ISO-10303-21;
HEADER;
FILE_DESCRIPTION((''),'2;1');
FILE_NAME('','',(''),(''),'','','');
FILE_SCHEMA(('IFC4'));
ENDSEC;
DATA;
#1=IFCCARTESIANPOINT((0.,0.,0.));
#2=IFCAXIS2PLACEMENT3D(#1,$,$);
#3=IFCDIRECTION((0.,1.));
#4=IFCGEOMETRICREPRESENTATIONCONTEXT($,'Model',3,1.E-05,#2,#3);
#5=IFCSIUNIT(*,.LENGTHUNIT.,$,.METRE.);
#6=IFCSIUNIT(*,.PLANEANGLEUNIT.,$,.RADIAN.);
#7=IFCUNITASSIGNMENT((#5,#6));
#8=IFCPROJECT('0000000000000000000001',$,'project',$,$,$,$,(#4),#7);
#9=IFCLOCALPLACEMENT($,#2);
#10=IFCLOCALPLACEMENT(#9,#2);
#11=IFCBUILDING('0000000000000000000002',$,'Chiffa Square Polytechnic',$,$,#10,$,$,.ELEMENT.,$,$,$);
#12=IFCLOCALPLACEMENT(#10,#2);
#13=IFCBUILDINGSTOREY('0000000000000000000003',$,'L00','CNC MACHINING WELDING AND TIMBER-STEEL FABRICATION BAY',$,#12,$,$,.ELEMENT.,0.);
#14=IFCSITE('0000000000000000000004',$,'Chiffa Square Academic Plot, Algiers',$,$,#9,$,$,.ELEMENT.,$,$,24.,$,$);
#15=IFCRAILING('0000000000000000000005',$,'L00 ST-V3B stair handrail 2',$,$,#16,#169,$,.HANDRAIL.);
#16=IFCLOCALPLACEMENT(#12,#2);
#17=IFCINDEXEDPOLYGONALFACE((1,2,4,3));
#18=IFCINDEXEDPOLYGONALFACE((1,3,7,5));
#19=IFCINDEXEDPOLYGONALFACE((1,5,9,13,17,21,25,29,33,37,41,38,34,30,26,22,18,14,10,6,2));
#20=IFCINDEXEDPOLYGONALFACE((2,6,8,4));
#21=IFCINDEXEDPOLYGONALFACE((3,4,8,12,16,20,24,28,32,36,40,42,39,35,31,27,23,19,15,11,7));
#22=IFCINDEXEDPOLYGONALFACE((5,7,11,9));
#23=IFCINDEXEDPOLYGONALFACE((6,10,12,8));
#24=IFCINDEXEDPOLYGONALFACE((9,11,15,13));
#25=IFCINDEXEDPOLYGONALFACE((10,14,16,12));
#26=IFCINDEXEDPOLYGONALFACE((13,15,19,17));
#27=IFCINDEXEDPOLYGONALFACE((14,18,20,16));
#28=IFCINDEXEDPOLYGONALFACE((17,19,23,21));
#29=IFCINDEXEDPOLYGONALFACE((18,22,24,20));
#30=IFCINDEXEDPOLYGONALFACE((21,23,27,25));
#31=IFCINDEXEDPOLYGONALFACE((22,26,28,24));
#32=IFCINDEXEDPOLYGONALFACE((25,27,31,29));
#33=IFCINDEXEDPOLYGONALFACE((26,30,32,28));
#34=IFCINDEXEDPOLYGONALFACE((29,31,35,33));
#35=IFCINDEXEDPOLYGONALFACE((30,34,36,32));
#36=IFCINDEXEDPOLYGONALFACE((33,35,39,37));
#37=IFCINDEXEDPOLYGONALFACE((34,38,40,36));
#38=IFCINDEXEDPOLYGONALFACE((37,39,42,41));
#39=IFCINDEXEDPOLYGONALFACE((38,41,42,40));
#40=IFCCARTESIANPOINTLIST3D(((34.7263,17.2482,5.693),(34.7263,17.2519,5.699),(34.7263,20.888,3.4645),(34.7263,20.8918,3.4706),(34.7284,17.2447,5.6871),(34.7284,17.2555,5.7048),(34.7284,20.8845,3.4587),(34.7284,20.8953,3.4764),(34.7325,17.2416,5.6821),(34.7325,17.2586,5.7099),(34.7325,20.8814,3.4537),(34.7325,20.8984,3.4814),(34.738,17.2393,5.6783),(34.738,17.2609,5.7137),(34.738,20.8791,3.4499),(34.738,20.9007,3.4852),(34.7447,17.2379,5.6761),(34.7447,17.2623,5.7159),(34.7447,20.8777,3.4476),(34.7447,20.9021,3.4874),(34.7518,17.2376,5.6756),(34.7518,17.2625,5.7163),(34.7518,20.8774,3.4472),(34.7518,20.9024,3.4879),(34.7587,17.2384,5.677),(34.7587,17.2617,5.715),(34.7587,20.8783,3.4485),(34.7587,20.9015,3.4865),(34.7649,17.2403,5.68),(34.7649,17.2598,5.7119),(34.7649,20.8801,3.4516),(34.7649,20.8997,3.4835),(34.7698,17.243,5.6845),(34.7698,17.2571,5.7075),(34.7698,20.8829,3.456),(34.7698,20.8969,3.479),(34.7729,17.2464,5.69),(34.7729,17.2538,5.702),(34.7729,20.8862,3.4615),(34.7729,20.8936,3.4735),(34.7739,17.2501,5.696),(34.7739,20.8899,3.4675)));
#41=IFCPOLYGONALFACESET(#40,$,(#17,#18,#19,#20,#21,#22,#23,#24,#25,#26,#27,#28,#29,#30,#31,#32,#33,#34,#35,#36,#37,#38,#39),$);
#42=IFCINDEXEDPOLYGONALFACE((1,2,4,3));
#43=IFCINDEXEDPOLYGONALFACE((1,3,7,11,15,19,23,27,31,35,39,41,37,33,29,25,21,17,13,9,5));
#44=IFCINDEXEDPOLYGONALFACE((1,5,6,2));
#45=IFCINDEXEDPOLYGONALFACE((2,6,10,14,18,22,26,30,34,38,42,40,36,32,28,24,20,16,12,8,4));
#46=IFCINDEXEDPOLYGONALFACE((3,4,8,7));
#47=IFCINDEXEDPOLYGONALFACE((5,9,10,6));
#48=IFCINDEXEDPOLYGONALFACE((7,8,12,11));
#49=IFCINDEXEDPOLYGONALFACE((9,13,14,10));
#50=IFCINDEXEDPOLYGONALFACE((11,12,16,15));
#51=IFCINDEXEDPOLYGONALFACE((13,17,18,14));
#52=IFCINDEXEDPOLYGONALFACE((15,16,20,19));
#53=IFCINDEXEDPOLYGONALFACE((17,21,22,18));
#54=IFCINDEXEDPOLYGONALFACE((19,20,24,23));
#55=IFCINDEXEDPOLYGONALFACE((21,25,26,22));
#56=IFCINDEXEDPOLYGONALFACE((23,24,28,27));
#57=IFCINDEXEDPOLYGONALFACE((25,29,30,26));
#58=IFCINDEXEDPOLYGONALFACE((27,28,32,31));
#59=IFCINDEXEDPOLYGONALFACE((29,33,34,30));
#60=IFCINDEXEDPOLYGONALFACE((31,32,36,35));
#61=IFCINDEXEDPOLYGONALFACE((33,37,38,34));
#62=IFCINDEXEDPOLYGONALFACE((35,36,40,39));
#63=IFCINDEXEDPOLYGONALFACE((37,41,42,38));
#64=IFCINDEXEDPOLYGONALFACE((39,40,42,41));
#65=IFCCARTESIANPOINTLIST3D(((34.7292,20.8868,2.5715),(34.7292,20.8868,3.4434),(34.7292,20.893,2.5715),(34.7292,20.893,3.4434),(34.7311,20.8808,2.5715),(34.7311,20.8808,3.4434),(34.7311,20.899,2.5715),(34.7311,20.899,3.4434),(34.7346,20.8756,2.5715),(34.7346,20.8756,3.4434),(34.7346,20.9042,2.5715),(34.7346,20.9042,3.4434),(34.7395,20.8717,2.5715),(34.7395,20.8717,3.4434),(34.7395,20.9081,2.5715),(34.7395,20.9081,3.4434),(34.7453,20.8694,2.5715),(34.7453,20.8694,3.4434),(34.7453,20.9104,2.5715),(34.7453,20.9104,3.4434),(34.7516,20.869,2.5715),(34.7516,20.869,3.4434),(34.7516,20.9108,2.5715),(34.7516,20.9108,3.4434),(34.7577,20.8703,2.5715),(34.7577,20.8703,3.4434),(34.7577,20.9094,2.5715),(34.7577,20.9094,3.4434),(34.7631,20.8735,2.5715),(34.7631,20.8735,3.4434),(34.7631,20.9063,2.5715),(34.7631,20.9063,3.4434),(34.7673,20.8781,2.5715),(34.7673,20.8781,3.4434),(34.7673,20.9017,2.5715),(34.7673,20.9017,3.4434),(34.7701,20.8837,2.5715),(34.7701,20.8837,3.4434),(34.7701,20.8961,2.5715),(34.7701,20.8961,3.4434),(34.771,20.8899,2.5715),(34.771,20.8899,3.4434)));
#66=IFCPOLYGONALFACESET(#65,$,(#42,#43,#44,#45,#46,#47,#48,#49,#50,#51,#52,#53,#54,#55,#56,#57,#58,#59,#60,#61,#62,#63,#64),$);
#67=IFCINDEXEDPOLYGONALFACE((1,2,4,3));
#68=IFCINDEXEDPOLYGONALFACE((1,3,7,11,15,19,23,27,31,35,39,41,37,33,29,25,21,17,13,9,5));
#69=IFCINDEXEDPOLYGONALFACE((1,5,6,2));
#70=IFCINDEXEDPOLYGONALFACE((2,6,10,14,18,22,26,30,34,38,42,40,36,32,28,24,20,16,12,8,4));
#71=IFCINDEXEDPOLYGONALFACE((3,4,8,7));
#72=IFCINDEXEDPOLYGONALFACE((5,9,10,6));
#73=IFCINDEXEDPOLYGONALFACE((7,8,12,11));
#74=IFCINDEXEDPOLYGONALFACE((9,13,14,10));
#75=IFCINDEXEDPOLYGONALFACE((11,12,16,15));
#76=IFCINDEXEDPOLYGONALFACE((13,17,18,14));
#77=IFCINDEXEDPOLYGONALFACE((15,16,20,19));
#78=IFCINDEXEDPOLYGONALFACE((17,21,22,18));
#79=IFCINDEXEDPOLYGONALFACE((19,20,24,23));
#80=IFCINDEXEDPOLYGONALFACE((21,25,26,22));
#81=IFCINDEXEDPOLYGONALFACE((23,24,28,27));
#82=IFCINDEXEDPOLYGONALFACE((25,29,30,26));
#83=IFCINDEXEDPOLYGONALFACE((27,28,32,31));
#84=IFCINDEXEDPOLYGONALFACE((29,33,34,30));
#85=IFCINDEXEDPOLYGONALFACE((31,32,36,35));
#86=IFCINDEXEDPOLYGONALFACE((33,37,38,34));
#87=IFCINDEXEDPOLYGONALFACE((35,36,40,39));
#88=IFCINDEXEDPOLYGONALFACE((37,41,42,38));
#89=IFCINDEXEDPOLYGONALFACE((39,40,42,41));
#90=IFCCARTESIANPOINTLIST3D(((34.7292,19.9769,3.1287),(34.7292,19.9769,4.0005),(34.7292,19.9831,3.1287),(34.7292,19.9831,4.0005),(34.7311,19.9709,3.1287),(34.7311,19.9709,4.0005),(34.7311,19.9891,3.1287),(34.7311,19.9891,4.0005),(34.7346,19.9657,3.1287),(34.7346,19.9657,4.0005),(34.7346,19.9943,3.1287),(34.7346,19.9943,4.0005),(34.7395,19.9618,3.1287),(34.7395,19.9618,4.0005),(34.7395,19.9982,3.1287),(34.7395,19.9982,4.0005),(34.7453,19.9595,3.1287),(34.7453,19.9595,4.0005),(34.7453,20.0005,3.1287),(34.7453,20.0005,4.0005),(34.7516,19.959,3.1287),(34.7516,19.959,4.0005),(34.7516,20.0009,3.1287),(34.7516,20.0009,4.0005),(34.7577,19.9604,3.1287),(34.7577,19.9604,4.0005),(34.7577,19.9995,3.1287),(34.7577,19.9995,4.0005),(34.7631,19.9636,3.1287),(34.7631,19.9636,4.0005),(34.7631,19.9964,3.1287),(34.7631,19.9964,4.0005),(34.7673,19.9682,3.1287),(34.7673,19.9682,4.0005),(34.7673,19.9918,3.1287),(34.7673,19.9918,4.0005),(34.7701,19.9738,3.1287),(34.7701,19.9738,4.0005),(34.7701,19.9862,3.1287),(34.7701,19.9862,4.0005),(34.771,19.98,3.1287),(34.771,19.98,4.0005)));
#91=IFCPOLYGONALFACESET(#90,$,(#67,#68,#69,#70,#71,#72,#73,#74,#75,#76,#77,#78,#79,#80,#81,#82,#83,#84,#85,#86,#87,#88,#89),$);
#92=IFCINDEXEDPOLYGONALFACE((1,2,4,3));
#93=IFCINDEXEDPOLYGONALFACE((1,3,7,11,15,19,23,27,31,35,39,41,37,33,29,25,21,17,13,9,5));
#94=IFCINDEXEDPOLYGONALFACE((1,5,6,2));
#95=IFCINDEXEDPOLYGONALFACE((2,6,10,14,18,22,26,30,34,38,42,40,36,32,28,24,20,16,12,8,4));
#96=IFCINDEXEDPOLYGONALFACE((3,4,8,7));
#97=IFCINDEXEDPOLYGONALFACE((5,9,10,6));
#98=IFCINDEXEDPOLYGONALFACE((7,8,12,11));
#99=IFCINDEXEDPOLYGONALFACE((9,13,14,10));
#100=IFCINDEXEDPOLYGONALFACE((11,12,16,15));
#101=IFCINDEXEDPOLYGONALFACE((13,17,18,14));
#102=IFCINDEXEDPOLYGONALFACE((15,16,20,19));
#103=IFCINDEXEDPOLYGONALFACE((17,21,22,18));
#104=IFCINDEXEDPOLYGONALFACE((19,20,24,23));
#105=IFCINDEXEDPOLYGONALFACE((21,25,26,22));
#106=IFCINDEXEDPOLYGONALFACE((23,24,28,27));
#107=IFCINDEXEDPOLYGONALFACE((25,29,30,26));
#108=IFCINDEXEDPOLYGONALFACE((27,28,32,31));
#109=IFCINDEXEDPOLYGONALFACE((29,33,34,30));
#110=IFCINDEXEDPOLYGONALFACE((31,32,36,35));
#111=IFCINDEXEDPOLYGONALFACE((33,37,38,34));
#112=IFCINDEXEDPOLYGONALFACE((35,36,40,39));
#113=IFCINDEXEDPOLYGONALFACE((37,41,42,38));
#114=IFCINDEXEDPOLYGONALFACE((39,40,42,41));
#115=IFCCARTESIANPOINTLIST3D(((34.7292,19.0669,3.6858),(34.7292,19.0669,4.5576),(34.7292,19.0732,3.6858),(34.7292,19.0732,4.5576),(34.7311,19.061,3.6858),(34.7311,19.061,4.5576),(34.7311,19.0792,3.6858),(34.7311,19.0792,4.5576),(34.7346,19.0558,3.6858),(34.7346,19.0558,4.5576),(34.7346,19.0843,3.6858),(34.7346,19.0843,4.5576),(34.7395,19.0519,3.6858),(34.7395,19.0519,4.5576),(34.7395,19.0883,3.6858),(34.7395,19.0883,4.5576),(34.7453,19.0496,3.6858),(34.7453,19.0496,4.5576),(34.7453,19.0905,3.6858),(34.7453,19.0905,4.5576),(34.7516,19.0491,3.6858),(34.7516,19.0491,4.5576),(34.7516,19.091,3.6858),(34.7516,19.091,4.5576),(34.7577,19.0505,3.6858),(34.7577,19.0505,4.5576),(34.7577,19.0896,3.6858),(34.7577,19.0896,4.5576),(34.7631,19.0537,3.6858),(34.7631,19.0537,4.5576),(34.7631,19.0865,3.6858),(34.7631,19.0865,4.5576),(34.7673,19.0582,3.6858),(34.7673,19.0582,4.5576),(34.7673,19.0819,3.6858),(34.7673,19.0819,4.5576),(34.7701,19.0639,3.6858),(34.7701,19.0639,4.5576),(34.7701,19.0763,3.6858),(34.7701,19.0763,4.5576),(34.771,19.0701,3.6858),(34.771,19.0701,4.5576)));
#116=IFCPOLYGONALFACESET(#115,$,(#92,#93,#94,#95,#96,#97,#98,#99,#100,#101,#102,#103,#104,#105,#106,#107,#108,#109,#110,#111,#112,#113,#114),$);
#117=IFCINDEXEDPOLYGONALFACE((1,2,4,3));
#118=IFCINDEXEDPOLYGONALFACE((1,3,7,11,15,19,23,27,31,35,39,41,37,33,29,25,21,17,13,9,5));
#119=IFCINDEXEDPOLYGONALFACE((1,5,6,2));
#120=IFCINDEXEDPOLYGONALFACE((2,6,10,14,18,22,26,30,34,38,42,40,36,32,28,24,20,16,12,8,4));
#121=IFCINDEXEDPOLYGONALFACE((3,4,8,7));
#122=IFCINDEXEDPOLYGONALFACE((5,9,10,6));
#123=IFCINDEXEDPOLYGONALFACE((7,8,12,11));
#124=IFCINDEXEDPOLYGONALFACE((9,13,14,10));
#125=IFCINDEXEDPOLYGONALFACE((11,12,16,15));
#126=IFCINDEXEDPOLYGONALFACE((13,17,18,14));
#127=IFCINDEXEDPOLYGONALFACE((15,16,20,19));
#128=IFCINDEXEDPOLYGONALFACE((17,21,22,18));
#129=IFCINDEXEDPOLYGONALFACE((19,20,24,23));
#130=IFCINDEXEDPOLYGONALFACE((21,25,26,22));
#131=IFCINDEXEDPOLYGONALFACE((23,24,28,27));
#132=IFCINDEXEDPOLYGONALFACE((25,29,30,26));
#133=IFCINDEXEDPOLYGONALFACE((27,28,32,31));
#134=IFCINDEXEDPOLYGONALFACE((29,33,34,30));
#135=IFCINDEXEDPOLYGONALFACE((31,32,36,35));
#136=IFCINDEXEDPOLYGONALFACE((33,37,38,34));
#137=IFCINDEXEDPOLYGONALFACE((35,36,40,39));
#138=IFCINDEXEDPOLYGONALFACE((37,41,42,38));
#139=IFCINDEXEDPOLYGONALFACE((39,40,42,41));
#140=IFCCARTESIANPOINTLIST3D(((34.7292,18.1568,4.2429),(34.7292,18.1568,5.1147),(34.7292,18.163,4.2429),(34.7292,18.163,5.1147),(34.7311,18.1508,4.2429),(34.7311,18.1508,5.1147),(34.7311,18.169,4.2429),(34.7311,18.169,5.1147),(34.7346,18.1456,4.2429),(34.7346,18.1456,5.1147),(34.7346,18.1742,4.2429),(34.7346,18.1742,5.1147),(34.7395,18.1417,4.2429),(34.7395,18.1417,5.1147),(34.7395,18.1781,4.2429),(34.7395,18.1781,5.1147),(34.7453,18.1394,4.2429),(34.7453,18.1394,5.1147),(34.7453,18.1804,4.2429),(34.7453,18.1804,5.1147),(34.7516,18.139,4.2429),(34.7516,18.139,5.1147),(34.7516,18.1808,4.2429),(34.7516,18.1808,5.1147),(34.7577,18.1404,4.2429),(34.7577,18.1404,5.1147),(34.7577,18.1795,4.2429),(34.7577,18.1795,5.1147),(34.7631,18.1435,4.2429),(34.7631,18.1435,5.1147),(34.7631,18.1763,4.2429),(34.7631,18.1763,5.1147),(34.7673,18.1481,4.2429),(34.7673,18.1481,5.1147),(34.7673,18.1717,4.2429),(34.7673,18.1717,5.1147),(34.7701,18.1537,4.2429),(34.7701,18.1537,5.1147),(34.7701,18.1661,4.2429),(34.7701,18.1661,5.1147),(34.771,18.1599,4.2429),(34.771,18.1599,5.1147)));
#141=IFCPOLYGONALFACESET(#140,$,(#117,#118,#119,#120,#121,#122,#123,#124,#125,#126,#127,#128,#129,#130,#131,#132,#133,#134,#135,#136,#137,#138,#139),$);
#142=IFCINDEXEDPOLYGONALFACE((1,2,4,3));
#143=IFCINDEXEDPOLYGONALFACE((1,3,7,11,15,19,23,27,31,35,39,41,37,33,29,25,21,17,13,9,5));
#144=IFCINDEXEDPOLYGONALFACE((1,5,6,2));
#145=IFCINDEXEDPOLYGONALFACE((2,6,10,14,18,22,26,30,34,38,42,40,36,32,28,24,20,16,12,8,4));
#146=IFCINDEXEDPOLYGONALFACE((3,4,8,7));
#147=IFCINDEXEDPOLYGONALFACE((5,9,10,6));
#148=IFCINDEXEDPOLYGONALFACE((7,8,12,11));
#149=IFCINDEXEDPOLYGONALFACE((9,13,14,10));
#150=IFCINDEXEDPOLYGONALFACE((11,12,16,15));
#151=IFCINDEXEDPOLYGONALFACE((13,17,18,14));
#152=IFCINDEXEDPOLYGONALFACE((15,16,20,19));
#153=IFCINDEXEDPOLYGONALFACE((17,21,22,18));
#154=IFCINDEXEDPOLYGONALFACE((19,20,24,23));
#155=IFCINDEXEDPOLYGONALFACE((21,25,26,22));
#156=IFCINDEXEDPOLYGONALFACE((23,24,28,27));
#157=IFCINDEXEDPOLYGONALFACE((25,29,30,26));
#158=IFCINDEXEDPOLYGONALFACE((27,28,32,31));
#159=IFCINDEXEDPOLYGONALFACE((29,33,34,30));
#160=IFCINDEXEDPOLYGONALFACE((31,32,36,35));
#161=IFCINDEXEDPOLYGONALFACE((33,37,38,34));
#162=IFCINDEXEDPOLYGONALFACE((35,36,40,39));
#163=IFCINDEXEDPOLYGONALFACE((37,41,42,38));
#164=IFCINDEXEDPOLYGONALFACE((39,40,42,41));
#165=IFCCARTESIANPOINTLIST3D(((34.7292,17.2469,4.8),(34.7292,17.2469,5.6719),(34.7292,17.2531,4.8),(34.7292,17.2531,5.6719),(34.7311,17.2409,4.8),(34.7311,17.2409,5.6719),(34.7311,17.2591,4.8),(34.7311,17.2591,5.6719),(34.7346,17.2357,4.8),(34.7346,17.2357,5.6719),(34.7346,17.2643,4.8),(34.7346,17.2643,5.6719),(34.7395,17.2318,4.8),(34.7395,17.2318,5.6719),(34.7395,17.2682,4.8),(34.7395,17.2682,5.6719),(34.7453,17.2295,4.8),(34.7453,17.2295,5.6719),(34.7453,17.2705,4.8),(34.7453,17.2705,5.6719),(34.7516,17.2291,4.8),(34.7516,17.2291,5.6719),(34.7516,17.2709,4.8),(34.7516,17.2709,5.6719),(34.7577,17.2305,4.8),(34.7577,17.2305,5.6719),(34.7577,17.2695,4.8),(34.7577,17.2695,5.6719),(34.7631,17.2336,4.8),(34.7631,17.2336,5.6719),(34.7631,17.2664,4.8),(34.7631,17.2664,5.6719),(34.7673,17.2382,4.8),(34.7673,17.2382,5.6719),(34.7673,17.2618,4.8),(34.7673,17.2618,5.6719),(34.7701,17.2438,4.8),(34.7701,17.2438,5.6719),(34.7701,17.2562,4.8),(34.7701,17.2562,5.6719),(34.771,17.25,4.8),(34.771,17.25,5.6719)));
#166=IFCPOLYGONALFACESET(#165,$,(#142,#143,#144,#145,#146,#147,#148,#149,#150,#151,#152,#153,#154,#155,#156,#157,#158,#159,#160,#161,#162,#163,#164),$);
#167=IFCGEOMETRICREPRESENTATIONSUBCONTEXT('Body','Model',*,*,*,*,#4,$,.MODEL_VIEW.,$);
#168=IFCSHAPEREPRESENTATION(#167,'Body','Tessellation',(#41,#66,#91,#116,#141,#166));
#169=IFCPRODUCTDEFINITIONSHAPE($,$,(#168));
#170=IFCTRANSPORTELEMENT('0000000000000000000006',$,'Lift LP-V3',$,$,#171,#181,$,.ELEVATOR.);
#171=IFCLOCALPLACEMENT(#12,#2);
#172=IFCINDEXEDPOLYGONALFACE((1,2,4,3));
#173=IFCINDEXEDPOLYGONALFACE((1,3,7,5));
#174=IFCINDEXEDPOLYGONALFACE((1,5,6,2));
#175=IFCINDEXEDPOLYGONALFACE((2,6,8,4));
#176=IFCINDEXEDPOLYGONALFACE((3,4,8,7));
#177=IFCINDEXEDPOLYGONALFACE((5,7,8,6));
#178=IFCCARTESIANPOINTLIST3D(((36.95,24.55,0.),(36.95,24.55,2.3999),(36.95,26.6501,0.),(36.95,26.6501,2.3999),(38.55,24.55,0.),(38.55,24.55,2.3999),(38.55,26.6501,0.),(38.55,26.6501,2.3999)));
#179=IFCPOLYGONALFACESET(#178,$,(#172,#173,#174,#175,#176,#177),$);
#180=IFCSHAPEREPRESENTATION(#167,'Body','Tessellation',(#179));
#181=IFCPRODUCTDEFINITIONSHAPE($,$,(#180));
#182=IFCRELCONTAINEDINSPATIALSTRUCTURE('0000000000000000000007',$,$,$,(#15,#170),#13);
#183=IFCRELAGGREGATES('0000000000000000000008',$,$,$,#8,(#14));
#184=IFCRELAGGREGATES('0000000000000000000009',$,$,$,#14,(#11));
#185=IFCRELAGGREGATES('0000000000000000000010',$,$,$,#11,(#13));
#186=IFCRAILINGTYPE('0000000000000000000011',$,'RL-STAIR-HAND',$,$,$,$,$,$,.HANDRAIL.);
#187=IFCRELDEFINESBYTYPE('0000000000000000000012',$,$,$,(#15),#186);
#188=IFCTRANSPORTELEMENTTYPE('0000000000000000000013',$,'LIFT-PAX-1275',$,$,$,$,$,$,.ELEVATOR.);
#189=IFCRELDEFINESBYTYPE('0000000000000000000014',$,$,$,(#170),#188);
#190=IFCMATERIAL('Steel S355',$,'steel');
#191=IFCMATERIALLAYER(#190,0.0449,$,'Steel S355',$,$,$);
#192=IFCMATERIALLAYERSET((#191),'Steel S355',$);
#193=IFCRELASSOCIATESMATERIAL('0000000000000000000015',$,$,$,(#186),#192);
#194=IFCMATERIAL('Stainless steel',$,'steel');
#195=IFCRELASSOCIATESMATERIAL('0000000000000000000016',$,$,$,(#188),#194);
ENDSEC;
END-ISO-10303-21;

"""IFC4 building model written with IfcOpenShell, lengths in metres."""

from ifc_helpers import new_model, si_unit, direction, frame, origin, origin_2d, place, context, subcontext, project, spatial, rectangle, circle, extrude, material, layer, layer_set, type_object, element, save


model = new_model("IFC4")

# Units and contexts
model_context = context("Model", 3, precision=1e-05, world=origin(), true_north=direction((0.0, 1.0)))
body_context = subcontext(model_context, "Body", "Model", "MODEL_VIEW")
ifc_project = project(units=[si_unit("LENGTHUNIT", "METRE"), si_unit("PLANEANGLEUNIT", "RADIAN")], contexts=[model_context])

# Site, building, storey
site_placement = place(None, origin())
site = spatial("IfcSite", under=ifc_project, at=site_placement, Name="Chiffa Square Academic Plot, Algiers", CompositionType="ELEMENT", RefElevation=24.0)
building_placement = place(site_placement, origin())
building = spatial("IfcBuilding", under=site, at=building_placement, Name="Chiffa Square Polytechnic", CompositionType="ELEMENT")
storey_placement = place(building_placement, origin())
storey = spatial("IfcBuildingStorey", under=building, at=storey_placement, Name="L00", Description="CNC MACHINING WELDING AND TIMBER-STEEL FABRICATION BAY", CompositionType="ELEMENT", Elevation=0.0)

# Railing
ifc_material_1 = material(Name="Steel S355", Category="steel")
ifc_layer_1 = layer(ifc_material_1, 0.0449, Name="Steel S355")
ifc_layer_set_1 = layer_set([ifc_layer_1], Name="Steel S355")
railing_type_1 = type_object("IfcRailingType", Name="RL-STAIR-HAND", PredefinedType="HANDRAIL", material=ifc_layer_set_1)
railing_1_placement = place(storey_placement, frame((34.75, 20.8899, 2.5715)))
element("IfcRailing", 1, at=railing_1_placement, inside=storey, type_object=railing_type_1, Name="L00 ST-V3B stair handrail 2", PredefinedType="HANDRAIL", context=body_context, shape_type="SweptSolid", body=[
    extrude(circle(Radius=0.0239, at=origin_2d()), frame((0.0, 0.0, 0.896), z_axis=(0.0, -0.85285, 0.522156), x_axis=(1.0, 0.0, 0.0)), (0.0, 0.0, 1.0), 4.2678),
    extrude(circle(Radius=0.021, at=origin_2d()), origin(), (0.0, 0.0, 1.0), 0.8718),
    extrude(circle(Radius=0.021, at=origin_2d()), frame((0.0, -0.9099, 0.5571)), (0.0, 0.0, 1.0), 0.8718),
    extrude(circle(Radius=0.021, at=origin_2d()), frame((0.0, -1.8198, 1.1143)), (0.0, 0.0, 1.0), 0.8718),
    extrude(circle(Radius=0.021, at=origin_2d()), frame((0.0, -2.73, 1.6714)), (0.0, 0.0, 1.0), 0.8718),
    extrude(circle(Radius=0.021, at=origin_2d()), frame((0.0, -3.6399, 2.2285)), (0.0, 0.0, 1.0), 0.8718),
])

# Transport element
ifc_material_2 = material(Name="Stainless steel", Category="steel")
transport_element_type = type_object("IfcTransportElementType", Name="LIFT-PAX-1275", PredefinedType="ELEVATOR", material=ifc_material_2)
transport_element_placement = place(storey_placement, frame((37.75, 25.6001, 0.0), z_axis=(0.0, 0.0, 1.0), x_axis=(1.0, 0.0, 0.0)))
element("IfcTransportElement", 2, at=transport_element_placement, inside=storey, type_object=transport_element_type, Name="Lift LP-V3", PredefinedType="ELEVATOR", context=body_context, shape_type="SweptSolid", body=[
    extrude(rectangle(XDim=1.6001, YDim=2.1001, at=origin_2d()), origin(), (0.0, 0.0, 1.0), 2.3999),
])

save(model, "model.ifc")
